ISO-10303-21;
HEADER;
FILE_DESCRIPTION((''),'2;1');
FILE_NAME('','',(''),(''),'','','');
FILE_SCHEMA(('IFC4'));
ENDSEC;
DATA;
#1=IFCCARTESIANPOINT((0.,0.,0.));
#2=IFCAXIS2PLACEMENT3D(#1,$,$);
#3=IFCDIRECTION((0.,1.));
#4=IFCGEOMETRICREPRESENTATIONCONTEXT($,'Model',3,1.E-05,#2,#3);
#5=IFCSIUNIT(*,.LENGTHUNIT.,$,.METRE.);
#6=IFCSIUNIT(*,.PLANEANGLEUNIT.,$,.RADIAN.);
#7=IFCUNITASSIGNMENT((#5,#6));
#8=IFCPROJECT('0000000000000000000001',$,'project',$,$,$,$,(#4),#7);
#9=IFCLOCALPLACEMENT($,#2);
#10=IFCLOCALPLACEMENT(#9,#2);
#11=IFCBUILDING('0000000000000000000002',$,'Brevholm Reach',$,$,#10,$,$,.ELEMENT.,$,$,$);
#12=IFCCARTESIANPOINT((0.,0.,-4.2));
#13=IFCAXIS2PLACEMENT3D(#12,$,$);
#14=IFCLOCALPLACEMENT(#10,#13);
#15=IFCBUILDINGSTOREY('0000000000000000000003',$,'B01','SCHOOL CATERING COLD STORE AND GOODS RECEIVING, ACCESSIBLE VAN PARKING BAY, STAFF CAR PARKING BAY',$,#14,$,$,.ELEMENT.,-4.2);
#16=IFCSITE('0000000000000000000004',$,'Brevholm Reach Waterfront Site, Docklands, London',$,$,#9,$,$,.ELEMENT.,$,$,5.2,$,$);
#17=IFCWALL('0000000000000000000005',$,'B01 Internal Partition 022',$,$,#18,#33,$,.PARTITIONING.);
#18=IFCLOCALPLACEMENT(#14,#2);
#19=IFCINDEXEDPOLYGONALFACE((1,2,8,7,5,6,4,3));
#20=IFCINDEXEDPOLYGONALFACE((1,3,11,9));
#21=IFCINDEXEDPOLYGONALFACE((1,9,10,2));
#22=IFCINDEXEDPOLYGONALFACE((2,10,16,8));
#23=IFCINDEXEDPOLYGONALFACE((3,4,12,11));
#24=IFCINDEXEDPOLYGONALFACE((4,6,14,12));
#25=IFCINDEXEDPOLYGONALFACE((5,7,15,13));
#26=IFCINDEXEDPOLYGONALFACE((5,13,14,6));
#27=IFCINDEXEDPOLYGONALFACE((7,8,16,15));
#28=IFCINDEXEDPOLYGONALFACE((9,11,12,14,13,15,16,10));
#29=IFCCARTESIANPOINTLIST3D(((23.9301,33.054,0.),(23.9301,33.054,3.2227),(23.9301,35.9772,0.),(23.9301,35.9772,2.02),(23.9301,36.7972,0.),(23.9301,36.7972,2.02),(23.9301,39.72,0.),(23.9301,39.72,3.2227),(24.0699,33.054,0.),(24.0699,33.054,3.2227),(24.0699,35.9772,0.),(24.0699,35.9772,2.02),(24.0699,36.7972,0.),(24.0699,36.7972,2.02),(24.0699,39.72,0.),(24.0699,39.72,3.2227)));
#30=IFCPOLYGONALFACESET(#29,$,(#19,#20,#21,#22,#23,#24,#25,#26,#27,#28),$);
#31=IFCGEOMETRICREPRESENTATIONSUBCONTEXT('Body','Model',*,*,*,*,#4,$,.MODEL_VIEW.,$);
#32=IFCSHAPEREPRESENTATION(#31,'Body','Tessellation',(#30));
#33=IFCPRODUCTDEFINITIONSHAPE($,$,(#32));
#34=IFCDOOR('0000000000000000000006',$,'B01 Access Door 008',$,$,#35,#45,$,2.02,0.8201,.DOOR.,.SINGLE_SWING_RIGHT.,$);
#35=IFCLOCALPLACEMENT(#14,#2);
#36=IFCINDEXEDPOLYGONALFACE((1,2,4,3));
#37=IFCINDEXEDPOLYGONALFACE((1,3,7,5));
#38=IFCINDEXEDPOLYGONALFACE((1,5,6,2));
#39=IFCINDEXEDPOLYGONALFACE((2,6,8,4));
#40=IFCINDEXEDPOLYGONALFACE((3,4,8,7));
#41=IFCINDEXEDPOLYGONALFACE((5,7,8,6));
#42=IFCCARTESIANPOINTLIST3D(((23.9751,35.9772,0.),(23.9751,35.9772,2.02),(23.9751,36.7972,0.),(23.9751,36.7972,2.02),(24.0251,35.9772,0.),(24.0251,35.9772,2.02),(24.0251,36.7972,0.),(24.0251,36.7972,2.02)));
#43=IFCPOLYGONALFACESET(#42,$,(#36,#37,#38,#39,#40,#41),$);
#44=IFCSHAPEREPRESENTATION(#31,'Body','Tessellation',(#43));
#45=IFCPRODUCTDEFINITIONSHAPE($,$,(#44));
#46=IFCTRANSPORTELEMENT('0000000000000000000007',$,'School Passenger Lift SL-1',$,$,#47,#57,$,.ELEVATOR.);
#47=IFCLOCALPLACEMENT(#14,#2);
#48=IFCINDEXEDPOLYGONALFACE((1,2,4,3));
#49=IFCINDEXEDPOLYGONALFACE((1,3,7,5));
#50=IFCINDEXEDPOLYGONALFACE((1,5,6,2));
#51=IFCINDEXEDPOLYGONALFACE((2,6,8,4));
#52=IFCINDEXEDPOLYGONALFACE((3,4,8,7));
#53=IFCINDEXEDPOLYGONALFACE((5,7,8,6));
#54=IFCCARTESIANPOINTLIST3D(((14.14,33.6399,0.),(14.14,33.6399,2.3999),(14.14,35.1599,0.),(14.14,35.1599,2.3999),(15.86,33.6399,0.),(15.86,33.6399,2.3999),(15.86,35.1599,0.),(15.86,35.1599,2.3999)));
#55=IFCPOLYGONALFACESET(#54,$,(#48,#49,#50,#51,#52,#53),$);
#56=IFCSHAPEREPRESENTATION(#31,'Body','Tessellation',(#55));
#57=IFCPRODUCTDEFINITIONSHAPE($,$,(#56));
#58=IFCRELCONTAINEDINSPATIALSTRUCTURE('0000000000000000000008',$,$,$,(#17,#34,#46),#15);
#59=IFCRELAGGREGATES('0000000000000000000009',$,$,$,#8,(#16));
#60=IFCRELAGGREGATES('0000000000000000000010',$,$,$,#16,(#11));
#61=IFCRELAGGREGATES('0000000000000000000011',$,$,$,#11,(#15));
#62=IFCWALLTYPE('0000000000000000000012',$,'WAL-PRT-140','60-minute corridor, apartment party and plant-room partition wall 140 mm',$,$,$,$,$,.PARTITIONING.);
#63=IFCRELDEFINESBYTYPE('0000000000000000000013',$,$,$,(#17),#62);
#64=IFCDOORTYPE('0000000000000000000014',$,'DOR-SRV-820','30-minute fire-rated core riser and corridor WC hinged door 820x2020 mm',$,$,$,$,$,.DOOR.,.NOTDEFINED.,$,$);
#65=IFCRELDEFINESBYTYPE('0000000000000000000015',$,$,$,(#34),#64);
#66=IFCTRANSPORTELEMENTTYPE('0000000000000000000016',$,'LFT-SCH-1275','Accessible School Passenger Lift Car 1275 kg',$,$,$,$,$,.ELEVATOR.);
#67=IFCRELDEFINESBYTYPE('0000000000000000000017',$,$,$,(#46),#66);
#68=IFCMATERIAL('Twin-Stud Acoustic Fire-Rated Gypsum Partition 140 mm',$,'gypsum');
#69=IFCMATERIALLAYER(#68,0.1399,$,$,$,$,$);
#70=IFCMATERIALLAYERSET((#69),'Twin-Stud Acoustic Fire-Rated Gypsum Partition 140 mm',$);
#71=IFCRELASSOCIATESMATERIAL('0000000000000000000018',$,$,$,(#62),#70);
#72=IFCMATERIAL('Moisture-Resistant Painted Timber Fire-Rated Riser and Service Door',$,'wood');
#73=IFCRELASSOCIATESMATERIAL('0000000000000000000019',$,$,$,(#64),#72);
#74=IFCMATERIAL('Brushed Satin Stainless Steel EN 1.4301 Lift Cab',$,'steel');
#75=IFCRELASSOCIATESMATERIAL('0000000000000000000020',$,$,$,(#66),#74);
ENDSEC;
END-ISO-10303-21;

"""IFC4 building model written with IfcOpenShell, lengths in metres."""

from ifc_helpers import new_model, si_unit, direction, frame, frame_2d, origin, origin_2d, place, context, subcontext, project, spatial, rectangle, extrude, material, layer, layer_set, type_object, element, fill, save


model = new_model("IFC4")

# Units and contexts
model_context = context("Model", 3, precision=1e-05, world=origin(), true_north=direction((0.0, 1.0)))
body_context = subcontext(model_context, "Body", "Model", "MODEL_VIEW")
ifc_project = project(units=[si_unit("LENGTHUNIT", "METRE"), si_unit("PLANEANGLEUNIT", "RADIAN")], contexts=[model_context])

# Site, building, storey
site_placement = place(None, origin())
site = spatial("IfcSite", under=ifc_project, at=site_placement, Name="Brevholm Reach Waterfront Site, Docklands, London", CompositionType="ELEMENT", RefElevation=5.2)
building_placement = place(site_placement, origin())
building = spatial("IfcBuilding", under=site, at=building_placement, Name="Brevholm Reach", CompositionType="ELEMENT")
storey_placement = place(building_placement, frame((0.0, 0.0, -4.2)))
storey = spatial("IfcBuildingStorey", under=building, at=storey_placement, Name="B01", Description="SCHOOL CATERING COLD STORE AND GOODS RECEIVING, ACCESSIBLE VAN PARKING BAY, STAFF CAR PARKING BAY", CompositionType="ELEMENT", Elevation=-4.2)

# Shared definitions
ifc_material_1 = material(Name="Twin-Stud Acoustic Fire-Rated Gypsum Partition 140 mm", Category="gypsum")
ifc_layer_1 = layer(ifc_material_1, 0.1399)
ifc_layer_set_1 = layer_set([ifc_layer_1], Name="Twin-Stud Acoustic Fire-Rated Gypsum Partition 140 mm")
wall_type_1 = type_object("IfcWallType", Name="WAL-PRT-140", Description="60-minute corridor, apartment party and plant-room partition wall 140 mm", PredefinedType="PARTITIONING", material=ifc_layer_set_1)

# Wall, opening, door
wall_1_placement = place(storey_placement, frame((24.0, 33.054, 0.0), z_axis=(0.0, 0.0, 1.0), x_axis=(0.0, 1.0, 0.0)))
wall_1 = element("IfcWall", 1, at=wall_1_placement, inside=storey, type_object=wall_type_1, Name="B01 Internal Partition 022", PredefinedType="PARTITIONING", context=body_context, shape_type="SweptSolid", body=[
    extrude(rectangle(XDim=6.666, YDim=0.1399, at=frame_2d((3.333, 0.0))), origin(), (0.0, 0.0, 1.0), 3.2227),
])
opening_1_placement = place(wall_1_placement, frame((2.9231, 0.0, 0.0)))
opening_1 = element("IfcOpeningElement", 2, at=opening_1_placement, cuts=wall_1, PredefinedType="OPENING", context=body_context, shape_type="SweptSolid", body=[
    extrude(rectangle(XDim=0.8201, YDim=2.02, at=frame_2d((0.4102, 1.01))), frame((0.0, 0.0798, 0.0), z_axis=(0.0, -1.0, 0.0), x_axis=(1.0, 0.0, 0.0)), (0.0, 0.0, 1.0), 0.1599),
])
ifc_material_2 = material(Name="Moisture-Resistant Painted Timber Fire-Rated Riser and Service Door", Category="wood")
door_type_1 = type_object("IfcDoorType", Name="DOR-SRV-820", Description="30-minute fire-rated core riser and corridor WC hinged door 820x2020 mm", OperationType="NOTDEFINED", PredefinedType="DOOR", material=ifc_material_2)
door_1_placement = place(opening_1_placement, origin())
door_1 = element("IfcDoor", 3, at=door_1_placement, inside=storey, type_object=door_type_1, Name="B01 Access Door 008", OperationType="SINGLE_SWING_RIGHT", OverallHeight=2.02, OverallWidth=0.8201, PredefinedType="DOOR", context=body_context, shape_type="SweptSolid", body=[
    extrude(rectangle(XDim=0.8201, YDim=2.02, at=frame_2d((0.4102, 1.01))), frame((0.0, 0.0249, 0.0), z_axis=(0.0, -1.0, 0.0), x_axis=(1.0, 0.0, 0.0)), (0.0, 0.0, 1.0), 0.05),
])
fill(opening_1, door_1)

# Transport element
ifc_material_3 = material(Name="Brushed Satin Stainless Steel EN 1.4301 Lift Cab", Category="steel")
transport_element_type = type_object("IfcTransportElementType", Name="LFT-SCH-1275", Description="Accessible School Passenger Lift Car 1275 kg", PredefinedType="ELEVATOR", material=ifc_material_3)
transport_element_placement = place(storey_placement, frame((15.0, 34.3999, 0.0), z_axis=(0.0, 0.0, 1.0), x_axis=(1.0, 0.0, 0.0)))
element("IfcTransportElement", 4, at=transport_element_placement, inside=storey, type_object=transport_element_type, Name="School Passenger Lift SL-1", PredefinedType="ELEVATOR", context=body_context, shape_type="SweptSolid", body=[
    extrude(rectangle(XDim=1.72, YDim=1.52, at=origin_2d()), origin(), (0.0, 0.0, 1.0), 2.3999),
])

save(model, "model.ifc")
